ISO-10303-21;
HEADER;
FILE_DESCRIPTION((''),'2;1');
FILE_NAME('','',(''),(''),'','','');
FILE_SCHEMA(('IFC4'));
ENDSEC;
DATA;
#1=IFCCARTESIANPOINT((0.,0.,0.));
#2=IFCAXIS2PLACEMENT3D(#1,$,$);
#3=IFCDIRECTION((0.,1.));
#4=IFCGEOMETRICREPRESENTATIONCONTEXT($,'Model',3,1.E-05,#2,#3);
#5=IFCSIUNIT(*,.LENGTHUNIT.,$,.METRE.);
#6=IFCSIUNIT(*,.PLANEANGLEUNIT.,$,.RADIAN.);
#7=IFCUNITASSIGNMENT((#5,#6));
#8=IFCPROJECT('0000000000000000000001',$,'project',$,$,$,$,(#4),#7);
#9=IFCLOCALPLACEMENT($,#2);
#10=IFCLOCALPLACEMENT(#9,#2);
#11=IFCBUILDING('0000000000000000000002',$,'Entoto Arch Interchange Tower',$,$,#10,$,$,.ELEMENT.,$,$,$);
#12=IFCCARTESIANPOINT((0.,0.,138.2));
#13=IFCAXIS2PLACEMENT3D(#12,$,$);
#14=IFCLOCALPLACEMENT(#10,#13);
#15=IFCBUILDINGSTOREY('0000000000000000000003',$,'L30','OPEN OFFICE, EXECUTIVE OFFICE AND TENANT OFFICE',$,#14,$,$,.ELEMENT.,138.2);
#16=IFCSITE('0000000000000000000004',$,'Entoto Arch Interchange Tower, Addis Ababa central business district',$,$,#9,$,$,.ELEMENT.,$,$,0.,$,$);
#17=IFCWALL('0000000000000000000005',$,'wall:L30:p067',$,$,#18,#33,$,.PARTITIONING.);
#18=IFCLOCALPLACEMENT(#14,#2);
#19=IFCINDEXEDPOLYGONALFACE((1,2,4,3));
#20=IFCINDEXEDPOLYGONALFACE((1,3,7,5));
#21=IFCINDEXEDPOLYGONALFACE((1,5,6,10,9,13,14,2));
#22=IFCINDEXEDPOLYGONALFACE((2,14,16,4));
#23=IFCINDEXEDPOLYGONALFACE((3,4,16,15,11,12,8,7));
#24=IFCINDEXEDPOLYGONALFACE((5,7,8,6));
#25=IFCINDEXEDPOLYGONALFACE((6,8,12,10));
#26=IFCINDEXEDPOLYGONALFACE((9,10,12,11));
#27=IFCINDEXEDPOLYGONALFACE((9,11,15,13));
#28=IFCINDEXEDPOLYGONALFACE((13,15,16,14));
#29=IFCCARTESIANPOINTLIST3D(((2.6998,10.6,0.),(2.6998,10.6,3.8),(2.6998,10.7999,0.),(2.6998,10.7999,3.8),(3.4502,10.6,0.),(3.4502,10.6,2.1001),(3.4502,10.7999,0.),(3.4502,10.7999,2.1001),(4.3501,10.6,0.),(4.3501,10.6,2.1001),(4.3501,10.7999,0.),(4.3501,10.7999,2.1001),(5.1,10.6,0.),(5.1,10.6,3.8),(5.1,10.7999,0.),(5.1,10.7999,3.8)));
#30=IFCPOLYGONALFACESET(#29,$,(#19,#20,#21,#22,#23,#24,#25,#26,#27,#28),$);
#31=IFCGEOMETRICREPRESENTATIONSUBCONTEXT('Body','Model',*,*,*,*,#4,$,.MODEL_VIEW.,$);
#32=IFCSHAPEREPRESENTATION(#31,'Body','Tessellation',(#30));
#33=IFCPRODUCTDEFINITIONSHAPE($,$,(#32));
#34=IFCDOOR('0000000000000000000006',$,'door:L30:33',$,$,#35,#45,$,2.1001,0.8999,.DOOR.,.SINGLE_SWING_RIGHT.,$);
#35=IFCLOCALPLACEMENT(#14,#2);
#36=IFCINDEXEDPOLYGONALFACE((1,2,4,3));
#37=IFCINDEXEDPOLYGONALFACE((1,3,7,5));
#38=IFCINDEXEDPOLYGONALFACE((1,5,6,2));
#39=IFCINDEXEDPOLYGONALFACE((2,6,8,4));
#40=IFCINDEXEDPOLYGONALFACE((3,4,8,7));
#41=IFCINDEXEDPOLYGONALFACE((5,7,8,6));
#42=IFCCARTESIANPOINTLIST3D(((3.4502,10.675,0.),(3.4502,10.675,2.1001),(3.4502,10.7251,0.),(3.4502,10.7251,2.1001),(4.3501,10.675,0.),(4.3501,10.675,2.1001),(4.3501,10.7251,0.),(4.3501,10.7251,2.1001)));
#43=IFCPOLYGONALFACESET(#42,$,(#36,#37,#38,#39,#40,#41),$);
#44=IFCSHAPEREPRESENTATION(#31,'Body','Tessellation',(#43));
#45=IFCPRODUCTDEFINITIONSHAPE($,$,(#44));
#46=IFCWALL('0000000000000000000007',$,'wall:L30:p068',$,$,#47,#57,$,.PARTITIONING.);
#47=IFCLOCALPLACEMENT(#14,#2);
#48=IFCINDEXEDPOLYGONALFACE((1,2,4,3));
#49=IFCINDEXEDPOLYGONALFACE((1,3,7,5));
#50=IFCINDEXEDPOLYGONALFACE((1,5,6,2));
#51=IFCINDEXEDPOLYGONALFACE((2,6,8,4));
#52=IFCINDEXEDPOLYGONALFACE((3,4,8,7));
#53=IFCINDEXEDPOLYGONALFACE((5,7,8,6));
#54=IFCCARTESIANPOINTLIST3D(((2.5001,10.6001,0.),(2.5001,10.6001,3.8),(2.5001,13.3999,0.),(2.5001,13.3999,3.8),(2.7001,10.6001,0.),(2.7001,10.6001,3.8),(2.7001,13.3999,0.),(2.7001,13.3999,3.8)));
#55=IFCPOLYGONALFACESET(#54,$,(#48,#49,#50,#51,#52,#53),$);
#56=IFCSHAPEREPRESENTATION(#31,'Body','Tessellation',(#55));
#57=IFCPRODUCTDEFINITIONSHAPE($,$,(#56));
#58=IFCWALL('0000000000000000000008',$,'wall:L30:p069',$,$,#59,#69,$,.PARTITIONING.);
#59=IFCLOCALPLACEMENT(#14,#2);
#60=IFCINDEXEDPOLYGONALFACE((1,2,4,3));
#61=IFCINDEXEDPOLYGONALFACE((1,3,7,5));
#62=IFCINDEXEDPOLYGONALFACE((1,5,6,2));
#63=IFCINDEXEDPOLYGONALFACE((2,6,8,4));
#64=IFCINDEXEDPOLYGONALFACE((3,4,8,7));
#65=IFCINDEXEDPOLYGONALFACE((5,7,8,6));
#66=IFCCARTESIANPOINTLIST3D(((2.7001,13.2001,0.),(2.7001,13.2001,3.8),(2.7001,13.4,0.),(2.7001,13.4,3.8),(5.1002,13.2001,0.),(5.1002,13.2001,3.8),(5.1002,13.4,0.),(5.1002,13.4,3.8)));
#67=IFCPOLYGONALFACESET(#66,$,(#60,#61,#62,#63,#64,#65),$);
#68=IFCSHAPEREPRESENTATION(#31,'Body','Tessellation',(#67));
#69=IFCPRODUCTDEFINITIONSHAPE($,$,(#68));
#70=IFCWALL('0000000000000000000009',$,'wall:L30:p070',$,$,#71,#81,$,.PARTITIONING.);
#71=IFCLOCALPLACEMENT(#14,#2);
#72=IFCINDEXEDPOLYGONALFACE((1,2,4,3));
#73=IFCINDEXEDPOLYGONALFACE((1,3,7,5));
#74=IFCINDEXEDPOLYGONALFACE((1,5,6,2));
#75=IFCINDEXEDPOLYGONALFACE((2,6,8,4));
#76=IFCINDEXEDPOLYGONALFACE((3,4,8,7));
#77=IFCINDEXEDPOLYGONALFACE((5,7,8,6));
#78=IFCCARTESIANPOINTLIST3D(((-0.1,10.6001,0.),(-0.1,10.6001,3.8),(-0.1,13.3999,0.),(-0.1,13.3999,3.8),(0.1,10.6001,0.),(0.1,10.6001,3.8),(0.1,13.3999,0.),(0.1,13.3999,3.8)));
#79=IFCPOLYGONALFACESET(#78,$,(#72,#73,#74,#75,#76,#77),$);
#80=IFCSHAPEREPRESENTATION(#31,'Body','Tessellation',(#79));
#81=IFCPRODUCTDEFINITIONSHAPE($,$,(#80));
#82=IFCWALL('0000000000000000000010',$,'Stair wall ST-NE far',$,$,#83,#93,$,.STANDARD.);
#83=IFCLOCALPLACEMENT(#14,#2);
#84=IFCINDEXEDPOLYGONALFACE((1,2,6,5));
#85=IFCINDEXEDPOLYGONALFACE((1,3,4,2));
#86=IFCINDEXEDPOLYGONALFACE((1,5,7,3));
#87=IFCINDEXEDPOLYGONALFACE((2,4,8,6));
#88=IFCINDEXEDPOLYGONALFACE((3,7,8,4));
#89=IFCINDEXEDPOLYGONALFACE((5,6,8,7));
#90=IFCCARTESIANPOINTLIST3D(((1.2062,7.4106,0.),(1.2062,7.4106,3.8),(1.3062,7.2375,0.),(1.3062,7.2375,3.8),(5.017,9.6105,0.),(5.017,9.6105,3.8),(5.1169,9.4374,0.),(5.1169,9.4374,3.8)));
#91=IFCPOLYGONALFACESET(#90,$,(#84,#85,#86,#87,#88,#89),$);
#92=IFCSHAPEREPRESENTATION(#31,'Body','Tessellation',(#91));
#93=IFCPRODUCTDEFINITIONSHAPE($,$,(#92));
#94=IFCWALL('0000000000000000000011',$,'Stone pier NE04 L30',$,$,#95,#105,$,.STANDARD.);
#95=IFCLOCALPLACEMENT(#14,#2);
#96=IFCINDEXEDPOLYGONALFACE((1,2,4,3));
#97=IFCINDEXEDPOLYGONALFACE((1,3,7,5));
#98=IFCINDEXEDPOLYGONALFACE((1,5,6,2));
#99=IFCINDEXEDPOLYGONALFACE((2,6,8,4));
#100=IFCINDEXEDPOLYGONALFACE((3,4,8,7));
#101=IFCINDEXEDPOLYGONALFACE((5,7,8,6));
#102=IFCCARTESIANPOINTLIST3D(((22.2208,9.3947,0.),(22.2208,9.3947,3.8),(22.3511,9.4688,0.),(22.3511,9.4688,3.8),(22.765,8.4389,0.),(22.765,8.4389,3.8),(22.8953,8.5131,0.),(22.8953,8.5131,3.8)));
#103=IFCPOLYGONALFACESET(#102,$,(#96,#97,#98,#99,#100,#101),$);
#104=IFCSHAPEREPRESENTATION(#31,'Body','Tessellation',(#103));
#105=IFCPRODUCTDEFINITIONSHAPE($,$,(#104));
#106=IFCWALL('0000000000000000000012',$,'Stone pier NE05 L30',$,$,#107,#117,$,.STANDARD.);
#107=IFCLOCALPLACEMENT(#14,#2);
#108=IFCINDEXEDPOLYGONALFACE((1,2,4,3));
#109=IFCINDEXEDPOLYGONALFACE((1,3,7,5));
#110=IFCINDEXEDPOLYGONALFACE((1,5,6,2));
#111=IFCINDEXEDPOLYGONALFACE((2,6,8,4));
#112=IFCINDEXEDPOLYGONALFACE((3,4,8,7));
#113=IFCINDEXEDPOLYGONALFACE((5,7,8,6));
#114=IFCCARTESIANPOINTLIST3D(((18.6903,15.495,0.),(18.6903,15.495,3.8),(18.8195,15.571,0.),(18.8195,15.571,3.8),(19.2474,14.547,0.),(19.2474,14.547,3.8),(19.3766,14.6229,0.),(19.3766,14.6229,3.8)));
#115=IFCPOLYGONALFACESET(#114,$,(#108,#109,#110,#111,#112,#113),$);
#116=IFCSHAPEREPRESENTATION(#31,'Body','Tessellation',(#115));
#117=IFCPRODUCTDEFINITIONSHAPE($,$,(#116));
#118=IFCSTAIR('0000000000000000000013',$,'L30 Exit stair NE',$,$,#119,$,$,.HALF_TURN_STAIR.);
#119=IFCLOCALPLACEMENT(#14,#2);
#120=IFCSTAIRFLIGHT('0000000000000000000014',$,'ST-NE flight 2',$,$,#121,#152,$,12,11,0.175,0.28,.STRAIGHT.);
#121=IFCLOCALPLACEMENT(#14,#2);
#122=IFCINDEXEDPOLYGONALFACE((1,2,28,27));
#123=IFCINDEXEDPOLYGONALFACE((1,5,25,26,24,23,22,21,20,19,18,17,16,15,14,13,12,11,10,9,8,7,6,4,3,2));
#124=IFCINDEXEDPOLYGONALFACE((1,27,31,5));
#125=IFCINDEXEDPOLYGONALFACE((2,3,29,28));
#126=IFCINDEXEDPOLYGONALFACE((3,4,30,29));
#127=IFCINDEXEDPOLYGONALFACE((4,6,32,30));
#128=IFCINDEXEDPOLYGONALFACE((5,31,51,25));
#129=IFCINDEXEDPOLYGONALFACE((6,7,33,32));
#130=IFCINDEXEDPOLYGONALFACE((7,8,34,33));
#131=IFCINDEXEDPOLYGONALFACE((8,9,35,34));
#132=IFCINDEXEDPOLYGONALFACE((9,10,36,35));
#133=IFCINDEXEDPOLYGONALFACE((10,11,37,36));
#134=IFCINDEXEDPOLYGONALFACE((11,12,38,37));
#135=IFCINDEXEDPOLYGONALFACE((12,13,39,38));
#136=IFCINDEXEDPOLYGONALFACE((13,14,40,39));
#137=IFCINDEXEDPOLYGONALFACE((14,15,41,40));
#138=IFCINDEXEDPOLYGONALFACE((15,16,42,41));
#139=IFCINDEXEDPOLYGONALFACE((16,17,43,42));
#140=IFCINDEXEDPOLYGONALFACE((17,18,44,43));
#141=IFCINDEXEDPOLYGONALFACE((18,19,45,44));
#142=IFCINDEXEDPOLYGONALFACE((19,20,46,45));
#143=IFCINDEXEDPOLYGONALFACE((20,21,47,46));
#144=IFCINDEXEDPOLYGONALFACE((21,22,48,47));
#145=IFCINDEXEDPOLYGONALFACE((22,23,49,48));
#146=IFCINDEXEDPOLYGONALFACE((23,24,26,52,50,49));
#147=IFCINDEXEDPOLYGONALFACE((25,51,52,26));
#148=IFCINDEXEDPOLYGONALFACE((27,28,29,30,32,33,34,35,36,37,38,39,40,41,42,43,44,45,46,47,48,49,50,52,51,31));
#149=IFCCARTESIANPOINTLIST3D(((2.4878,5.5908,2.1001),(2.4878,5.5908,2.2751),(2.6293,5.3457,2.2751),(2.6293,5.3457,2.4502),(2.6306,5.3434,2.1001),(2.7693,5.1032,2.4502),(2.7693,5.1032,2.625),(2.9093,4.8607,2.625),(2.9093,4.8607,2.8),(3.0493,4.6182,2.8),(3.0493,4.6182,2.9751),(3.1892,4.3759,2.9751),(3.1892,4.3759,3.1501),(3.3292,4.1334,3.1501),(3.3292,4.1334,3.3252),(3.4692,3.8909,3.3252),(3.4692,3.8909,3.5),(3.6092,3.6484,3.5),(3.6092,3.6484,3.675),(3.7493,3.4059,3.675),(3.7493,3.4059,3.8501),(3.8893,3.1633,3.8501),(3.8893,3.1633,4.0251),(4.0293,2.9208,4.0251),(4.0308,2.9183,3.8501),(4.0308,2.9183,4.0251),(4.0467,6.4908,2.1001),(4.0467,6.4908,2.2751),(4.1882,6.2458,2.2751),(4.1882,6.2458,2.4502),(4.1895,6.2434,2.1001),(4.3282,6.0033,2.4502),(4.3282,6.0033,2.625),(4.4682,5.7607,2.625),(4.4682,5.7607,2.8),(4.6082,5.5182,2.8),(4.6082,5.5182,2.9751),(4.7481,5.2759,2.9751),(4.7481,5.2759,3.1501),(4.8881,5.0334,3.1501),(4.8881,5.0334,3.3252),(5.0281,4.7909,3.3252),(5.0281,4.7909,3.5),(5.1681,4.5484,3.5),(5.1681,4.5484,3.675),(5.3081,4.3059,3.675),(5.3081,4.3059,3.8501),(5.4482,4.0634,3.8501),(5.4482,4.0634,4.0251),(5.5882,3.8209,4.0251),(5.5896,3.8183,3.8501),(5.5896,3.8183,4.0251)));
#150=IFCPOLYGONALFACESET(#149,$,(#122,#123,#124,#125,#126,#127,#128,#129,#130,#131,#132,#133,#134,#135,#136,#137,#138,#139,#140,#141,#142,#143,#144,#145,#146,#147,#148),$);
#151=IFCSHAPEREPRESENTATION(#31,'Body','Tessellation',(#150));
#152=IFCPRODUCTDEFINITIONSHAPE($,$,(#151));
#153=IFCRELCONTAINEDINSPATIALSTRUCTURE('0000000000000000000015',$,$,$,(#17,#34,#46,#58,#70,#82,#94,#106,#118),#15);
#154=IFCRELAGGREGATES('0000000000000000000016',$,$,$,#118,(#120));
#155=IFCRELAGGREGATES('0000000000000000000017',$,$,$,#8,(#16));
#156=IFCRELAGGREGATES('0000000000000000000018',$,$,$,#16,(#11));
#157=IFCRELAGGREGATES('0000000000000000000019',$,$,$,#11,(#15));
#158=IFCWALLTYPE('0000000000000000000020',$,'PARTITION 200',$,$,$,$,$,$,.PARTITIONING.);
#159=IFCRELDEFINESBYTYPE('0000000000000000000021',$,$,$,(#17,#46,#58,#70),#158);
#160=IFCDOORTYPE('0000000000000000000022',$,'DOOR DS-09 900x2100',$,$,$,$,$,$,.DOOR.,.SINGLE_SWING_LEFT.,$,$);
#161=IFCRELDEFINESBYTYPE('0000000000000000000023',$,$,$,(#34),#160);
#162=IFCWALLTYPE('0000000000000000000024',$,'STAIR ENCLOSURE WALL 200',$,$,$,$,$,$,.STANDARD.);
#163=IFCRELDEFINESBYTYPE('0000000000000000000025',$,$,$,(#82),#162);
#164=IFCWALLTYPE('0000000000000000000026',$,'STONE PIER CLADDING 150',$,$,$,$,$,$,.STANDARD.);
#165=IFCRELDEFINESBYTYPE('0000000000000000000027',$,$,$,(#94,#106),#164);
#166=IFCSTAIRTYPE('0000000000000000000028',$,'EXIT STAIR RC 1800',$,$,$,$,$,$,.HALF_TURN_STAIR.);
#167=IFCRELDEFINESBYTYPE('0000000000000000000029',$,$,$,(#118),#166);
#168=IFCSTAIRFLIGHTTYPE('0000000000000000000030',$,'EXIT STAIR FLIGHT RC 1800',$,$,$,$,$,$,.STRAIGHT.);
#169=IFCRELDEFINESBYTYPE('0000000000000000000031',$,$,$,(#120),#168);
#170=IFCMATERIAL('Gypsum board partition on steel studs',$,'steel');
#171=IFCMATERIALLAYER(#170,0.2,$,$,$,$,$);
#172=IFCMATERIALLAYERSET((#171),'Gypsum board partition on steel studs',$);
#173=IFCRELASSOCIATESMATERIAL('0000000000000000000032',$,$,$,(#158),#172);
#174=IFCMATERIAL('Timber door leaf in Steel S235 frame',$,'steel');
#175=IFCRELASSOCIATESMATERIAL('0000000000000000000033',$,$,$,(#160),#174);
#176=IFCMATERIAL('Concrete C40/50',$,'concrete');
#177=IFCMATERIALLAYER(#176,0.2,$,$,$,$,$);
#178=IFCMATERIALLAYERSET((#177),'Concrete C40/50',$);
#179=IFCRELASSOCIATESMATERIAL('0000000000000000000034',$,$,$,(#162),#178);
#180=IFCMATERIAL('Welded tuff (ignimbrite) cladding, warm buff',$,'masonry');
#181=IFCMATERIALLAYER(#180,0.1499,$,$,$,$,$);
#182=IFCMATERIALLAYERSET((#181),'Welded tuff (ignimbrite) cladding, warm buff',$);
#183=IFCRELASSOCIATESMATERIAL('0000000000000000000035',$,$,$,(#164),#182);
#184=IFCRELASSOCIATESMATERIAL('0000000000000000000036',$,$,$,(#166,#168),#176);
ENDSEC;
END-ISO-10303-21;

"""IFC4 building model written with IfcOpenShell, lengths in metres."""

from ifc_helpers import new_model, si_unit, direction, frame, frame_2d, origin, place, context, subcontext, project, spatial, polyline, rectangle, outline, extrude, material, layer, layer_set, type_object, element, fill, aggregate, save


model = new_model("IFC4")

# Units and contexts
model_context = context("Model", 3, precision=1e-05, world=origin(), true_north=direction((0.0, 1.0)))
body_context = subcontext(model_context, "Body", "Model", "MODEL_VIEW")
ifc_project = project(units=[si_unit("LENGTHUNIT", "METRE"), si_unit("PLANEANGLEUNIT", "RADIAN")], contexts=[model_context])

# Site, building, storey
site_placement = place(None, origin())
site = spatial("IfcSite", under=ifc_project, at=site_placement, Name="Entoto Arch Interchange Tower, Addis Ababa central business district", CompositionType="ELEMENT", RefElevation=0.0)
building_placement = place(site_placement, origin())
building = spatial("IfcBuilding", under=site, at=building_placement, Name="Entoto Arch Interchange Tower", CompositionType="ELEMENT")
storey_placement = place(building_placement, frame((0.0, 0.0, 138.2)))
storey = spatial("IfcBuildingStorey", under=building, at=storey_placement, Name="L30", Description="OPEN OFFICE, EXECUTIVE OFFICE AND TENANT OFFICE", CompositionType="ELEMENT", Elevation=138.2)

# Shared definitions
ifc_material_1 = material(Name="Gypsum board partition on steel studs", Category="steel")
ifc_layer_1 = layer(ifc_material_1, 0.2)
ifc_layer_set_1 = layer_set([ifc_layer_1], Name="Gypsum board partition on steel studs")
wall_type_1 = type_object("IfcWallType", Name="PARTITION 200", PredefinedType="PARTITIONING", material=ifc_layer_set_1)

# Wall, opening, door
wall_1_placement = place(storey_placement, frame((5.1001, 10.7, 0.0), z_axis=(0.0, 0.0, 1.0), x_axis=(-1.0, 0.0, 0.0)))
wall_1 = element("IfcWall", 1, at=wall_1_placement, inside=storey, type_object=wall_type_1, Name="wall:L30:p067", PredefinedType="PARTITIONING", context=body_context, shape_type="SweptSolid", body=[
    extrude(rectangle(XDim=2.4001, YDim=0.2, at=frame_2d((1.2002, 0.0))), origin(), (0.0, 0.0, 1.0), 3.8),
])
opening_1_placement = place(wall_1_placement, frame((0.75, 0.0, 0.0)))
opening_1 = element("IfcOpeningElement", 2, at=opening_1_placement, cuts=wall_1, PredefinedType="OPENING", context=body_context, shape_type="SweptSolid", body=[
    extrude(rectangle(XDim=0.8999, YDim=2.1001, at=frame_2d((0.45, 1.05))), frame((0.0, 0.1099, 0.0), z_axis=(0.0, -1.0, 0.0), x_axis=(1.0, 0.0, 0.0)), (0.0, 0.0, 1.0), 0.22),
])
ifc_material_2 = material(Name="Timber door leaf in Steel S235 frame", Category="steel")
door_type_1 = type_object("IfcDoorType", Name="DOOR DS-09 900x2100", OperationType="SINGLE_SWING_LEFT", PredefinedType="DOOR", material=ifc_material_2)
door_1_placement = place(opening_1_placement, origin())
door_1 = element("IfcDoor", 3, at=door_1_placement, inside=storey, type_object=door_type_1, Name="door:L30:33", OperationType="SINGLE_SWING_RIGHT", OverallHeight=2.1001, OverallWidth=0.8999, PredefinedType="DOOR", context=body_context, shape_type="SweptSolid", body=[
    extrude(rectangle(XDim=0.8999, YDim=2.1001, at=frame_2d((0.45, 1.05))), frame((0.0, 0.0249, 0.0), z_axis=(0.0, -1.0, 0.0), x_axis=(1.0, 0.0, 0.0)), (0.0, 0.0, 1.0), 0.05),
])
fill(opening_1, door_1)

# Walls
wall_2_placement = place(storey_placement, frame((2.6001, 10.6001, 0.0), z_axis=(0.0, 0.0, 1.0), x_axis=(0.0, 1.0, 0.0)))
element("IfcWall", 4, at=wall_2_placement, inside=storey, type_object=wall_type_1, Name="wall:L30:p068", PredefinedType="PARTITIONING", context=body_context, shape_type="SweptSolid", body=[
    extrude(rectangle(XDim=2.7998, YDim=0.2, at=frame_2d((1.3999, 0.0))), origin(), (0.0, 0.0, 1.0), 3.8),
])
wall_3_placement = place(storey_placement, frame((2.7, 13.3, 0.0), z_axis=(0.0, 0.0, 1.0), x_axis=(1.0, 0.0, 0.0)))
element("IfcWall", 5, at=wall_3_placement, inside=storey, type_object=wall_type_1, Name="wall:L30:p069", PredefinedType="PARTITIONING", context=body_context, shape_type="SweptSolid", body=[
    extrude(rectangle(XDim=2.4001, YDim=0.2, at=frame_2d((1.2002, 0.0))), origin(), (0.0, 0.0, 1.0), 3.8),
])
wall_4_placement = place(storey_placement, frame((0.0, 13.3999, 0.0), z_axis=(0.0, 0.0, 1.0), x_axis=(0.0, -1.0, 0.0)))
element("IfcWall", 6, at=wall_4_placement, inside=storey, type_object=wall_type_1, Name="wall:L30:p070", PredefinedType="PARTITIONING", context=body_context, shape_type="SweptSolid", body=[
    extrude(rectangle(XDim=2.7998, YDim=0.2, at=frame_2d((1.3999, 0.0))), origin(), (0.0, 0.0, 1.0), 3.8),
])
ifc_material_3 = material(Name="Concrete C40/50", Category="concrete")
ifc_layer_2 = layer(ifc_material_3, 0.2)
ifc_layer_set_2 = layer_set([ifc_layer_2], Name="Concrete C40/50")
wall_type_2 = type_object("IfcWallType", Name="STAIR ENCLOSURE WALL 200", PredefinedType="STANDARD", material=ifc_layer_set_2)
wall_5_placement = place(storey_placement, frame((1.2561, 7.324, 0.0), z_axis=(0.0, 0.0, 1.0), x_axis=(0.866046, 0.499964, 0.0)))
element("IfcWall", 7, at=wall_5_placement, inside=storey, type_object=wall_type_2, Name="Stair wall ST-NE far", PredefinedType="STANDARD", context=body_context, shape_type="SweptSolid", body=[
    extrude(rectangle(XDim=4.4001, YDim=0.2, at=frame_2d((2.2002, 0.0))), origin(), (0.0, 0.0, 1.0), 3.8),
])

# Shared definitions
ifc_material_4 = material(Name="Welded tuff (ignimbrite) cladding, warm buff", Category="masonry")

# Walls
ifc_layer_3 = layer(ifc_material_4, 0.1499)
ifc_layer_set_3 = layer_set([ifc_layer_3], Name="Welded tuff (ignimbrite) cladding, warm buff")
wall_type_3 = type_object("IfcWallType", Name="STONE PIER CLADDING 150", PredefinedType="STANDARD", material=ifc_layer_set_3)
wall_6_placement = place(storey_placement, frame((22.8301, 8.4761, 0.0), z_axis=(0.0, 0.0, 1.0), x_axis=(-0.494776, 0.869021, 0.0)))
element("IfcWall", 8, at=wall_6_placement, inside=storey, type_object=wall_type_3, Name="Stone pier NE04 L30", PredefinedType="STANDARD", context=body_context, shape_type="SweptSolid", body=[
    extrude(rectangle(XDim=1.0999, YDim=0.1499, at=frame_2d((0.5498, 0.0))), origin(), (0.0, 0.0, 1.0), 3.8),
])
wall_7_placement = place(storey_placement, frame((19.312, 14.585, 0.0), z_axis=(0.0, 0.0, 1.0), x_axis=(-0.506671, 0.86214, 0.0)))
element("IfcWall", 9, at=wall_7_placement, inside=storey, type_object=wall_type_3, Name="Stone pier NE05 L30", PredefinedType="STANDARD", context=body_context, shape_type="SweptSolid", body=[
    extrude(rectangle(XDim=1.0996, YDim=0.1499, at=frame_2d((0.5498, 0.0))), origin(), (0.0, 0.0, 1.0), 3.8),
])

# Stair, stair flight
stair_type = type_object("IfcStairType", Name="EXIT STAIR RC 1800", PredefinedType="HALF_TURN_STAIR", material=ifc_material_3)
stair_placement = place(storey_placement, origin())
stair = element("IfcStair", 10, at=stair_placement, inside=storey, type_object=stair_type, Name="L30 Exit stair NE", PredefinedType="HALF_TURN_STAIR")
stair_flight_type = type_object("IfcStairFlightType", Name="EXIT STAIR FLIGHT RC 1800", PredefinedType="STRAIGHT", material=ifc_material_3)
stair_flight_placement = place(storey_placement, frame((3.2688, 6.0383, 2.1001), z_axis=(0.0, 0.0, 1.0), x_axis=(0.5, -0.866025, 0.0)))
stair_flight = element("IfcStairFlight", 11, at=stair_flight_placement, type_object=stair_flight_type, Name="ST-NE flight 2", NumberOfRisers=12, NumberOfTreads=11, PredefinedType="STRAIGHT", RiserHeight=0.175, TreadLength=0.28, context=body_context, shape_type="SweptSolid", body=[
    extrude(outline(polyline([(-0.0029, 0.0), (-0.0029, 0.175), (0.28, 0.175), (0.28, 0.3501), (0.5601, 0.3501), (0.5601, 0.5249), (0.8401, 0.5249), (0.8401, 0.7), (1.1201, 0.7), (1.1201, 0.875), (1.3999, 0.875), (1.3999, 1.05), (1.6799, 1.05), (1.6799, 1.2251), (1.96, 1.2251), (1.96, 1.3999), (2.24, 1.3999), (2.24, 1.575), (2.52, 1.575), (2.52, 1.75), (2.8, 1.75), (2.8, 1.925), (3.0801, 1.925), (3.083, 1.925), (3.083, 1.75), (0.2827, 0.0), (-0.0029, 0.0)])), frame((0.0, 0.8999, 0.0), z_axis=(0.0, -1.0, 0.0), x_axis=(1.0, 0.0, 0.0)), (0.0, 0.0, 1.0), 1.8),
])
aggregate(stair, [stair_flight])

save(model, "model.ifc")
